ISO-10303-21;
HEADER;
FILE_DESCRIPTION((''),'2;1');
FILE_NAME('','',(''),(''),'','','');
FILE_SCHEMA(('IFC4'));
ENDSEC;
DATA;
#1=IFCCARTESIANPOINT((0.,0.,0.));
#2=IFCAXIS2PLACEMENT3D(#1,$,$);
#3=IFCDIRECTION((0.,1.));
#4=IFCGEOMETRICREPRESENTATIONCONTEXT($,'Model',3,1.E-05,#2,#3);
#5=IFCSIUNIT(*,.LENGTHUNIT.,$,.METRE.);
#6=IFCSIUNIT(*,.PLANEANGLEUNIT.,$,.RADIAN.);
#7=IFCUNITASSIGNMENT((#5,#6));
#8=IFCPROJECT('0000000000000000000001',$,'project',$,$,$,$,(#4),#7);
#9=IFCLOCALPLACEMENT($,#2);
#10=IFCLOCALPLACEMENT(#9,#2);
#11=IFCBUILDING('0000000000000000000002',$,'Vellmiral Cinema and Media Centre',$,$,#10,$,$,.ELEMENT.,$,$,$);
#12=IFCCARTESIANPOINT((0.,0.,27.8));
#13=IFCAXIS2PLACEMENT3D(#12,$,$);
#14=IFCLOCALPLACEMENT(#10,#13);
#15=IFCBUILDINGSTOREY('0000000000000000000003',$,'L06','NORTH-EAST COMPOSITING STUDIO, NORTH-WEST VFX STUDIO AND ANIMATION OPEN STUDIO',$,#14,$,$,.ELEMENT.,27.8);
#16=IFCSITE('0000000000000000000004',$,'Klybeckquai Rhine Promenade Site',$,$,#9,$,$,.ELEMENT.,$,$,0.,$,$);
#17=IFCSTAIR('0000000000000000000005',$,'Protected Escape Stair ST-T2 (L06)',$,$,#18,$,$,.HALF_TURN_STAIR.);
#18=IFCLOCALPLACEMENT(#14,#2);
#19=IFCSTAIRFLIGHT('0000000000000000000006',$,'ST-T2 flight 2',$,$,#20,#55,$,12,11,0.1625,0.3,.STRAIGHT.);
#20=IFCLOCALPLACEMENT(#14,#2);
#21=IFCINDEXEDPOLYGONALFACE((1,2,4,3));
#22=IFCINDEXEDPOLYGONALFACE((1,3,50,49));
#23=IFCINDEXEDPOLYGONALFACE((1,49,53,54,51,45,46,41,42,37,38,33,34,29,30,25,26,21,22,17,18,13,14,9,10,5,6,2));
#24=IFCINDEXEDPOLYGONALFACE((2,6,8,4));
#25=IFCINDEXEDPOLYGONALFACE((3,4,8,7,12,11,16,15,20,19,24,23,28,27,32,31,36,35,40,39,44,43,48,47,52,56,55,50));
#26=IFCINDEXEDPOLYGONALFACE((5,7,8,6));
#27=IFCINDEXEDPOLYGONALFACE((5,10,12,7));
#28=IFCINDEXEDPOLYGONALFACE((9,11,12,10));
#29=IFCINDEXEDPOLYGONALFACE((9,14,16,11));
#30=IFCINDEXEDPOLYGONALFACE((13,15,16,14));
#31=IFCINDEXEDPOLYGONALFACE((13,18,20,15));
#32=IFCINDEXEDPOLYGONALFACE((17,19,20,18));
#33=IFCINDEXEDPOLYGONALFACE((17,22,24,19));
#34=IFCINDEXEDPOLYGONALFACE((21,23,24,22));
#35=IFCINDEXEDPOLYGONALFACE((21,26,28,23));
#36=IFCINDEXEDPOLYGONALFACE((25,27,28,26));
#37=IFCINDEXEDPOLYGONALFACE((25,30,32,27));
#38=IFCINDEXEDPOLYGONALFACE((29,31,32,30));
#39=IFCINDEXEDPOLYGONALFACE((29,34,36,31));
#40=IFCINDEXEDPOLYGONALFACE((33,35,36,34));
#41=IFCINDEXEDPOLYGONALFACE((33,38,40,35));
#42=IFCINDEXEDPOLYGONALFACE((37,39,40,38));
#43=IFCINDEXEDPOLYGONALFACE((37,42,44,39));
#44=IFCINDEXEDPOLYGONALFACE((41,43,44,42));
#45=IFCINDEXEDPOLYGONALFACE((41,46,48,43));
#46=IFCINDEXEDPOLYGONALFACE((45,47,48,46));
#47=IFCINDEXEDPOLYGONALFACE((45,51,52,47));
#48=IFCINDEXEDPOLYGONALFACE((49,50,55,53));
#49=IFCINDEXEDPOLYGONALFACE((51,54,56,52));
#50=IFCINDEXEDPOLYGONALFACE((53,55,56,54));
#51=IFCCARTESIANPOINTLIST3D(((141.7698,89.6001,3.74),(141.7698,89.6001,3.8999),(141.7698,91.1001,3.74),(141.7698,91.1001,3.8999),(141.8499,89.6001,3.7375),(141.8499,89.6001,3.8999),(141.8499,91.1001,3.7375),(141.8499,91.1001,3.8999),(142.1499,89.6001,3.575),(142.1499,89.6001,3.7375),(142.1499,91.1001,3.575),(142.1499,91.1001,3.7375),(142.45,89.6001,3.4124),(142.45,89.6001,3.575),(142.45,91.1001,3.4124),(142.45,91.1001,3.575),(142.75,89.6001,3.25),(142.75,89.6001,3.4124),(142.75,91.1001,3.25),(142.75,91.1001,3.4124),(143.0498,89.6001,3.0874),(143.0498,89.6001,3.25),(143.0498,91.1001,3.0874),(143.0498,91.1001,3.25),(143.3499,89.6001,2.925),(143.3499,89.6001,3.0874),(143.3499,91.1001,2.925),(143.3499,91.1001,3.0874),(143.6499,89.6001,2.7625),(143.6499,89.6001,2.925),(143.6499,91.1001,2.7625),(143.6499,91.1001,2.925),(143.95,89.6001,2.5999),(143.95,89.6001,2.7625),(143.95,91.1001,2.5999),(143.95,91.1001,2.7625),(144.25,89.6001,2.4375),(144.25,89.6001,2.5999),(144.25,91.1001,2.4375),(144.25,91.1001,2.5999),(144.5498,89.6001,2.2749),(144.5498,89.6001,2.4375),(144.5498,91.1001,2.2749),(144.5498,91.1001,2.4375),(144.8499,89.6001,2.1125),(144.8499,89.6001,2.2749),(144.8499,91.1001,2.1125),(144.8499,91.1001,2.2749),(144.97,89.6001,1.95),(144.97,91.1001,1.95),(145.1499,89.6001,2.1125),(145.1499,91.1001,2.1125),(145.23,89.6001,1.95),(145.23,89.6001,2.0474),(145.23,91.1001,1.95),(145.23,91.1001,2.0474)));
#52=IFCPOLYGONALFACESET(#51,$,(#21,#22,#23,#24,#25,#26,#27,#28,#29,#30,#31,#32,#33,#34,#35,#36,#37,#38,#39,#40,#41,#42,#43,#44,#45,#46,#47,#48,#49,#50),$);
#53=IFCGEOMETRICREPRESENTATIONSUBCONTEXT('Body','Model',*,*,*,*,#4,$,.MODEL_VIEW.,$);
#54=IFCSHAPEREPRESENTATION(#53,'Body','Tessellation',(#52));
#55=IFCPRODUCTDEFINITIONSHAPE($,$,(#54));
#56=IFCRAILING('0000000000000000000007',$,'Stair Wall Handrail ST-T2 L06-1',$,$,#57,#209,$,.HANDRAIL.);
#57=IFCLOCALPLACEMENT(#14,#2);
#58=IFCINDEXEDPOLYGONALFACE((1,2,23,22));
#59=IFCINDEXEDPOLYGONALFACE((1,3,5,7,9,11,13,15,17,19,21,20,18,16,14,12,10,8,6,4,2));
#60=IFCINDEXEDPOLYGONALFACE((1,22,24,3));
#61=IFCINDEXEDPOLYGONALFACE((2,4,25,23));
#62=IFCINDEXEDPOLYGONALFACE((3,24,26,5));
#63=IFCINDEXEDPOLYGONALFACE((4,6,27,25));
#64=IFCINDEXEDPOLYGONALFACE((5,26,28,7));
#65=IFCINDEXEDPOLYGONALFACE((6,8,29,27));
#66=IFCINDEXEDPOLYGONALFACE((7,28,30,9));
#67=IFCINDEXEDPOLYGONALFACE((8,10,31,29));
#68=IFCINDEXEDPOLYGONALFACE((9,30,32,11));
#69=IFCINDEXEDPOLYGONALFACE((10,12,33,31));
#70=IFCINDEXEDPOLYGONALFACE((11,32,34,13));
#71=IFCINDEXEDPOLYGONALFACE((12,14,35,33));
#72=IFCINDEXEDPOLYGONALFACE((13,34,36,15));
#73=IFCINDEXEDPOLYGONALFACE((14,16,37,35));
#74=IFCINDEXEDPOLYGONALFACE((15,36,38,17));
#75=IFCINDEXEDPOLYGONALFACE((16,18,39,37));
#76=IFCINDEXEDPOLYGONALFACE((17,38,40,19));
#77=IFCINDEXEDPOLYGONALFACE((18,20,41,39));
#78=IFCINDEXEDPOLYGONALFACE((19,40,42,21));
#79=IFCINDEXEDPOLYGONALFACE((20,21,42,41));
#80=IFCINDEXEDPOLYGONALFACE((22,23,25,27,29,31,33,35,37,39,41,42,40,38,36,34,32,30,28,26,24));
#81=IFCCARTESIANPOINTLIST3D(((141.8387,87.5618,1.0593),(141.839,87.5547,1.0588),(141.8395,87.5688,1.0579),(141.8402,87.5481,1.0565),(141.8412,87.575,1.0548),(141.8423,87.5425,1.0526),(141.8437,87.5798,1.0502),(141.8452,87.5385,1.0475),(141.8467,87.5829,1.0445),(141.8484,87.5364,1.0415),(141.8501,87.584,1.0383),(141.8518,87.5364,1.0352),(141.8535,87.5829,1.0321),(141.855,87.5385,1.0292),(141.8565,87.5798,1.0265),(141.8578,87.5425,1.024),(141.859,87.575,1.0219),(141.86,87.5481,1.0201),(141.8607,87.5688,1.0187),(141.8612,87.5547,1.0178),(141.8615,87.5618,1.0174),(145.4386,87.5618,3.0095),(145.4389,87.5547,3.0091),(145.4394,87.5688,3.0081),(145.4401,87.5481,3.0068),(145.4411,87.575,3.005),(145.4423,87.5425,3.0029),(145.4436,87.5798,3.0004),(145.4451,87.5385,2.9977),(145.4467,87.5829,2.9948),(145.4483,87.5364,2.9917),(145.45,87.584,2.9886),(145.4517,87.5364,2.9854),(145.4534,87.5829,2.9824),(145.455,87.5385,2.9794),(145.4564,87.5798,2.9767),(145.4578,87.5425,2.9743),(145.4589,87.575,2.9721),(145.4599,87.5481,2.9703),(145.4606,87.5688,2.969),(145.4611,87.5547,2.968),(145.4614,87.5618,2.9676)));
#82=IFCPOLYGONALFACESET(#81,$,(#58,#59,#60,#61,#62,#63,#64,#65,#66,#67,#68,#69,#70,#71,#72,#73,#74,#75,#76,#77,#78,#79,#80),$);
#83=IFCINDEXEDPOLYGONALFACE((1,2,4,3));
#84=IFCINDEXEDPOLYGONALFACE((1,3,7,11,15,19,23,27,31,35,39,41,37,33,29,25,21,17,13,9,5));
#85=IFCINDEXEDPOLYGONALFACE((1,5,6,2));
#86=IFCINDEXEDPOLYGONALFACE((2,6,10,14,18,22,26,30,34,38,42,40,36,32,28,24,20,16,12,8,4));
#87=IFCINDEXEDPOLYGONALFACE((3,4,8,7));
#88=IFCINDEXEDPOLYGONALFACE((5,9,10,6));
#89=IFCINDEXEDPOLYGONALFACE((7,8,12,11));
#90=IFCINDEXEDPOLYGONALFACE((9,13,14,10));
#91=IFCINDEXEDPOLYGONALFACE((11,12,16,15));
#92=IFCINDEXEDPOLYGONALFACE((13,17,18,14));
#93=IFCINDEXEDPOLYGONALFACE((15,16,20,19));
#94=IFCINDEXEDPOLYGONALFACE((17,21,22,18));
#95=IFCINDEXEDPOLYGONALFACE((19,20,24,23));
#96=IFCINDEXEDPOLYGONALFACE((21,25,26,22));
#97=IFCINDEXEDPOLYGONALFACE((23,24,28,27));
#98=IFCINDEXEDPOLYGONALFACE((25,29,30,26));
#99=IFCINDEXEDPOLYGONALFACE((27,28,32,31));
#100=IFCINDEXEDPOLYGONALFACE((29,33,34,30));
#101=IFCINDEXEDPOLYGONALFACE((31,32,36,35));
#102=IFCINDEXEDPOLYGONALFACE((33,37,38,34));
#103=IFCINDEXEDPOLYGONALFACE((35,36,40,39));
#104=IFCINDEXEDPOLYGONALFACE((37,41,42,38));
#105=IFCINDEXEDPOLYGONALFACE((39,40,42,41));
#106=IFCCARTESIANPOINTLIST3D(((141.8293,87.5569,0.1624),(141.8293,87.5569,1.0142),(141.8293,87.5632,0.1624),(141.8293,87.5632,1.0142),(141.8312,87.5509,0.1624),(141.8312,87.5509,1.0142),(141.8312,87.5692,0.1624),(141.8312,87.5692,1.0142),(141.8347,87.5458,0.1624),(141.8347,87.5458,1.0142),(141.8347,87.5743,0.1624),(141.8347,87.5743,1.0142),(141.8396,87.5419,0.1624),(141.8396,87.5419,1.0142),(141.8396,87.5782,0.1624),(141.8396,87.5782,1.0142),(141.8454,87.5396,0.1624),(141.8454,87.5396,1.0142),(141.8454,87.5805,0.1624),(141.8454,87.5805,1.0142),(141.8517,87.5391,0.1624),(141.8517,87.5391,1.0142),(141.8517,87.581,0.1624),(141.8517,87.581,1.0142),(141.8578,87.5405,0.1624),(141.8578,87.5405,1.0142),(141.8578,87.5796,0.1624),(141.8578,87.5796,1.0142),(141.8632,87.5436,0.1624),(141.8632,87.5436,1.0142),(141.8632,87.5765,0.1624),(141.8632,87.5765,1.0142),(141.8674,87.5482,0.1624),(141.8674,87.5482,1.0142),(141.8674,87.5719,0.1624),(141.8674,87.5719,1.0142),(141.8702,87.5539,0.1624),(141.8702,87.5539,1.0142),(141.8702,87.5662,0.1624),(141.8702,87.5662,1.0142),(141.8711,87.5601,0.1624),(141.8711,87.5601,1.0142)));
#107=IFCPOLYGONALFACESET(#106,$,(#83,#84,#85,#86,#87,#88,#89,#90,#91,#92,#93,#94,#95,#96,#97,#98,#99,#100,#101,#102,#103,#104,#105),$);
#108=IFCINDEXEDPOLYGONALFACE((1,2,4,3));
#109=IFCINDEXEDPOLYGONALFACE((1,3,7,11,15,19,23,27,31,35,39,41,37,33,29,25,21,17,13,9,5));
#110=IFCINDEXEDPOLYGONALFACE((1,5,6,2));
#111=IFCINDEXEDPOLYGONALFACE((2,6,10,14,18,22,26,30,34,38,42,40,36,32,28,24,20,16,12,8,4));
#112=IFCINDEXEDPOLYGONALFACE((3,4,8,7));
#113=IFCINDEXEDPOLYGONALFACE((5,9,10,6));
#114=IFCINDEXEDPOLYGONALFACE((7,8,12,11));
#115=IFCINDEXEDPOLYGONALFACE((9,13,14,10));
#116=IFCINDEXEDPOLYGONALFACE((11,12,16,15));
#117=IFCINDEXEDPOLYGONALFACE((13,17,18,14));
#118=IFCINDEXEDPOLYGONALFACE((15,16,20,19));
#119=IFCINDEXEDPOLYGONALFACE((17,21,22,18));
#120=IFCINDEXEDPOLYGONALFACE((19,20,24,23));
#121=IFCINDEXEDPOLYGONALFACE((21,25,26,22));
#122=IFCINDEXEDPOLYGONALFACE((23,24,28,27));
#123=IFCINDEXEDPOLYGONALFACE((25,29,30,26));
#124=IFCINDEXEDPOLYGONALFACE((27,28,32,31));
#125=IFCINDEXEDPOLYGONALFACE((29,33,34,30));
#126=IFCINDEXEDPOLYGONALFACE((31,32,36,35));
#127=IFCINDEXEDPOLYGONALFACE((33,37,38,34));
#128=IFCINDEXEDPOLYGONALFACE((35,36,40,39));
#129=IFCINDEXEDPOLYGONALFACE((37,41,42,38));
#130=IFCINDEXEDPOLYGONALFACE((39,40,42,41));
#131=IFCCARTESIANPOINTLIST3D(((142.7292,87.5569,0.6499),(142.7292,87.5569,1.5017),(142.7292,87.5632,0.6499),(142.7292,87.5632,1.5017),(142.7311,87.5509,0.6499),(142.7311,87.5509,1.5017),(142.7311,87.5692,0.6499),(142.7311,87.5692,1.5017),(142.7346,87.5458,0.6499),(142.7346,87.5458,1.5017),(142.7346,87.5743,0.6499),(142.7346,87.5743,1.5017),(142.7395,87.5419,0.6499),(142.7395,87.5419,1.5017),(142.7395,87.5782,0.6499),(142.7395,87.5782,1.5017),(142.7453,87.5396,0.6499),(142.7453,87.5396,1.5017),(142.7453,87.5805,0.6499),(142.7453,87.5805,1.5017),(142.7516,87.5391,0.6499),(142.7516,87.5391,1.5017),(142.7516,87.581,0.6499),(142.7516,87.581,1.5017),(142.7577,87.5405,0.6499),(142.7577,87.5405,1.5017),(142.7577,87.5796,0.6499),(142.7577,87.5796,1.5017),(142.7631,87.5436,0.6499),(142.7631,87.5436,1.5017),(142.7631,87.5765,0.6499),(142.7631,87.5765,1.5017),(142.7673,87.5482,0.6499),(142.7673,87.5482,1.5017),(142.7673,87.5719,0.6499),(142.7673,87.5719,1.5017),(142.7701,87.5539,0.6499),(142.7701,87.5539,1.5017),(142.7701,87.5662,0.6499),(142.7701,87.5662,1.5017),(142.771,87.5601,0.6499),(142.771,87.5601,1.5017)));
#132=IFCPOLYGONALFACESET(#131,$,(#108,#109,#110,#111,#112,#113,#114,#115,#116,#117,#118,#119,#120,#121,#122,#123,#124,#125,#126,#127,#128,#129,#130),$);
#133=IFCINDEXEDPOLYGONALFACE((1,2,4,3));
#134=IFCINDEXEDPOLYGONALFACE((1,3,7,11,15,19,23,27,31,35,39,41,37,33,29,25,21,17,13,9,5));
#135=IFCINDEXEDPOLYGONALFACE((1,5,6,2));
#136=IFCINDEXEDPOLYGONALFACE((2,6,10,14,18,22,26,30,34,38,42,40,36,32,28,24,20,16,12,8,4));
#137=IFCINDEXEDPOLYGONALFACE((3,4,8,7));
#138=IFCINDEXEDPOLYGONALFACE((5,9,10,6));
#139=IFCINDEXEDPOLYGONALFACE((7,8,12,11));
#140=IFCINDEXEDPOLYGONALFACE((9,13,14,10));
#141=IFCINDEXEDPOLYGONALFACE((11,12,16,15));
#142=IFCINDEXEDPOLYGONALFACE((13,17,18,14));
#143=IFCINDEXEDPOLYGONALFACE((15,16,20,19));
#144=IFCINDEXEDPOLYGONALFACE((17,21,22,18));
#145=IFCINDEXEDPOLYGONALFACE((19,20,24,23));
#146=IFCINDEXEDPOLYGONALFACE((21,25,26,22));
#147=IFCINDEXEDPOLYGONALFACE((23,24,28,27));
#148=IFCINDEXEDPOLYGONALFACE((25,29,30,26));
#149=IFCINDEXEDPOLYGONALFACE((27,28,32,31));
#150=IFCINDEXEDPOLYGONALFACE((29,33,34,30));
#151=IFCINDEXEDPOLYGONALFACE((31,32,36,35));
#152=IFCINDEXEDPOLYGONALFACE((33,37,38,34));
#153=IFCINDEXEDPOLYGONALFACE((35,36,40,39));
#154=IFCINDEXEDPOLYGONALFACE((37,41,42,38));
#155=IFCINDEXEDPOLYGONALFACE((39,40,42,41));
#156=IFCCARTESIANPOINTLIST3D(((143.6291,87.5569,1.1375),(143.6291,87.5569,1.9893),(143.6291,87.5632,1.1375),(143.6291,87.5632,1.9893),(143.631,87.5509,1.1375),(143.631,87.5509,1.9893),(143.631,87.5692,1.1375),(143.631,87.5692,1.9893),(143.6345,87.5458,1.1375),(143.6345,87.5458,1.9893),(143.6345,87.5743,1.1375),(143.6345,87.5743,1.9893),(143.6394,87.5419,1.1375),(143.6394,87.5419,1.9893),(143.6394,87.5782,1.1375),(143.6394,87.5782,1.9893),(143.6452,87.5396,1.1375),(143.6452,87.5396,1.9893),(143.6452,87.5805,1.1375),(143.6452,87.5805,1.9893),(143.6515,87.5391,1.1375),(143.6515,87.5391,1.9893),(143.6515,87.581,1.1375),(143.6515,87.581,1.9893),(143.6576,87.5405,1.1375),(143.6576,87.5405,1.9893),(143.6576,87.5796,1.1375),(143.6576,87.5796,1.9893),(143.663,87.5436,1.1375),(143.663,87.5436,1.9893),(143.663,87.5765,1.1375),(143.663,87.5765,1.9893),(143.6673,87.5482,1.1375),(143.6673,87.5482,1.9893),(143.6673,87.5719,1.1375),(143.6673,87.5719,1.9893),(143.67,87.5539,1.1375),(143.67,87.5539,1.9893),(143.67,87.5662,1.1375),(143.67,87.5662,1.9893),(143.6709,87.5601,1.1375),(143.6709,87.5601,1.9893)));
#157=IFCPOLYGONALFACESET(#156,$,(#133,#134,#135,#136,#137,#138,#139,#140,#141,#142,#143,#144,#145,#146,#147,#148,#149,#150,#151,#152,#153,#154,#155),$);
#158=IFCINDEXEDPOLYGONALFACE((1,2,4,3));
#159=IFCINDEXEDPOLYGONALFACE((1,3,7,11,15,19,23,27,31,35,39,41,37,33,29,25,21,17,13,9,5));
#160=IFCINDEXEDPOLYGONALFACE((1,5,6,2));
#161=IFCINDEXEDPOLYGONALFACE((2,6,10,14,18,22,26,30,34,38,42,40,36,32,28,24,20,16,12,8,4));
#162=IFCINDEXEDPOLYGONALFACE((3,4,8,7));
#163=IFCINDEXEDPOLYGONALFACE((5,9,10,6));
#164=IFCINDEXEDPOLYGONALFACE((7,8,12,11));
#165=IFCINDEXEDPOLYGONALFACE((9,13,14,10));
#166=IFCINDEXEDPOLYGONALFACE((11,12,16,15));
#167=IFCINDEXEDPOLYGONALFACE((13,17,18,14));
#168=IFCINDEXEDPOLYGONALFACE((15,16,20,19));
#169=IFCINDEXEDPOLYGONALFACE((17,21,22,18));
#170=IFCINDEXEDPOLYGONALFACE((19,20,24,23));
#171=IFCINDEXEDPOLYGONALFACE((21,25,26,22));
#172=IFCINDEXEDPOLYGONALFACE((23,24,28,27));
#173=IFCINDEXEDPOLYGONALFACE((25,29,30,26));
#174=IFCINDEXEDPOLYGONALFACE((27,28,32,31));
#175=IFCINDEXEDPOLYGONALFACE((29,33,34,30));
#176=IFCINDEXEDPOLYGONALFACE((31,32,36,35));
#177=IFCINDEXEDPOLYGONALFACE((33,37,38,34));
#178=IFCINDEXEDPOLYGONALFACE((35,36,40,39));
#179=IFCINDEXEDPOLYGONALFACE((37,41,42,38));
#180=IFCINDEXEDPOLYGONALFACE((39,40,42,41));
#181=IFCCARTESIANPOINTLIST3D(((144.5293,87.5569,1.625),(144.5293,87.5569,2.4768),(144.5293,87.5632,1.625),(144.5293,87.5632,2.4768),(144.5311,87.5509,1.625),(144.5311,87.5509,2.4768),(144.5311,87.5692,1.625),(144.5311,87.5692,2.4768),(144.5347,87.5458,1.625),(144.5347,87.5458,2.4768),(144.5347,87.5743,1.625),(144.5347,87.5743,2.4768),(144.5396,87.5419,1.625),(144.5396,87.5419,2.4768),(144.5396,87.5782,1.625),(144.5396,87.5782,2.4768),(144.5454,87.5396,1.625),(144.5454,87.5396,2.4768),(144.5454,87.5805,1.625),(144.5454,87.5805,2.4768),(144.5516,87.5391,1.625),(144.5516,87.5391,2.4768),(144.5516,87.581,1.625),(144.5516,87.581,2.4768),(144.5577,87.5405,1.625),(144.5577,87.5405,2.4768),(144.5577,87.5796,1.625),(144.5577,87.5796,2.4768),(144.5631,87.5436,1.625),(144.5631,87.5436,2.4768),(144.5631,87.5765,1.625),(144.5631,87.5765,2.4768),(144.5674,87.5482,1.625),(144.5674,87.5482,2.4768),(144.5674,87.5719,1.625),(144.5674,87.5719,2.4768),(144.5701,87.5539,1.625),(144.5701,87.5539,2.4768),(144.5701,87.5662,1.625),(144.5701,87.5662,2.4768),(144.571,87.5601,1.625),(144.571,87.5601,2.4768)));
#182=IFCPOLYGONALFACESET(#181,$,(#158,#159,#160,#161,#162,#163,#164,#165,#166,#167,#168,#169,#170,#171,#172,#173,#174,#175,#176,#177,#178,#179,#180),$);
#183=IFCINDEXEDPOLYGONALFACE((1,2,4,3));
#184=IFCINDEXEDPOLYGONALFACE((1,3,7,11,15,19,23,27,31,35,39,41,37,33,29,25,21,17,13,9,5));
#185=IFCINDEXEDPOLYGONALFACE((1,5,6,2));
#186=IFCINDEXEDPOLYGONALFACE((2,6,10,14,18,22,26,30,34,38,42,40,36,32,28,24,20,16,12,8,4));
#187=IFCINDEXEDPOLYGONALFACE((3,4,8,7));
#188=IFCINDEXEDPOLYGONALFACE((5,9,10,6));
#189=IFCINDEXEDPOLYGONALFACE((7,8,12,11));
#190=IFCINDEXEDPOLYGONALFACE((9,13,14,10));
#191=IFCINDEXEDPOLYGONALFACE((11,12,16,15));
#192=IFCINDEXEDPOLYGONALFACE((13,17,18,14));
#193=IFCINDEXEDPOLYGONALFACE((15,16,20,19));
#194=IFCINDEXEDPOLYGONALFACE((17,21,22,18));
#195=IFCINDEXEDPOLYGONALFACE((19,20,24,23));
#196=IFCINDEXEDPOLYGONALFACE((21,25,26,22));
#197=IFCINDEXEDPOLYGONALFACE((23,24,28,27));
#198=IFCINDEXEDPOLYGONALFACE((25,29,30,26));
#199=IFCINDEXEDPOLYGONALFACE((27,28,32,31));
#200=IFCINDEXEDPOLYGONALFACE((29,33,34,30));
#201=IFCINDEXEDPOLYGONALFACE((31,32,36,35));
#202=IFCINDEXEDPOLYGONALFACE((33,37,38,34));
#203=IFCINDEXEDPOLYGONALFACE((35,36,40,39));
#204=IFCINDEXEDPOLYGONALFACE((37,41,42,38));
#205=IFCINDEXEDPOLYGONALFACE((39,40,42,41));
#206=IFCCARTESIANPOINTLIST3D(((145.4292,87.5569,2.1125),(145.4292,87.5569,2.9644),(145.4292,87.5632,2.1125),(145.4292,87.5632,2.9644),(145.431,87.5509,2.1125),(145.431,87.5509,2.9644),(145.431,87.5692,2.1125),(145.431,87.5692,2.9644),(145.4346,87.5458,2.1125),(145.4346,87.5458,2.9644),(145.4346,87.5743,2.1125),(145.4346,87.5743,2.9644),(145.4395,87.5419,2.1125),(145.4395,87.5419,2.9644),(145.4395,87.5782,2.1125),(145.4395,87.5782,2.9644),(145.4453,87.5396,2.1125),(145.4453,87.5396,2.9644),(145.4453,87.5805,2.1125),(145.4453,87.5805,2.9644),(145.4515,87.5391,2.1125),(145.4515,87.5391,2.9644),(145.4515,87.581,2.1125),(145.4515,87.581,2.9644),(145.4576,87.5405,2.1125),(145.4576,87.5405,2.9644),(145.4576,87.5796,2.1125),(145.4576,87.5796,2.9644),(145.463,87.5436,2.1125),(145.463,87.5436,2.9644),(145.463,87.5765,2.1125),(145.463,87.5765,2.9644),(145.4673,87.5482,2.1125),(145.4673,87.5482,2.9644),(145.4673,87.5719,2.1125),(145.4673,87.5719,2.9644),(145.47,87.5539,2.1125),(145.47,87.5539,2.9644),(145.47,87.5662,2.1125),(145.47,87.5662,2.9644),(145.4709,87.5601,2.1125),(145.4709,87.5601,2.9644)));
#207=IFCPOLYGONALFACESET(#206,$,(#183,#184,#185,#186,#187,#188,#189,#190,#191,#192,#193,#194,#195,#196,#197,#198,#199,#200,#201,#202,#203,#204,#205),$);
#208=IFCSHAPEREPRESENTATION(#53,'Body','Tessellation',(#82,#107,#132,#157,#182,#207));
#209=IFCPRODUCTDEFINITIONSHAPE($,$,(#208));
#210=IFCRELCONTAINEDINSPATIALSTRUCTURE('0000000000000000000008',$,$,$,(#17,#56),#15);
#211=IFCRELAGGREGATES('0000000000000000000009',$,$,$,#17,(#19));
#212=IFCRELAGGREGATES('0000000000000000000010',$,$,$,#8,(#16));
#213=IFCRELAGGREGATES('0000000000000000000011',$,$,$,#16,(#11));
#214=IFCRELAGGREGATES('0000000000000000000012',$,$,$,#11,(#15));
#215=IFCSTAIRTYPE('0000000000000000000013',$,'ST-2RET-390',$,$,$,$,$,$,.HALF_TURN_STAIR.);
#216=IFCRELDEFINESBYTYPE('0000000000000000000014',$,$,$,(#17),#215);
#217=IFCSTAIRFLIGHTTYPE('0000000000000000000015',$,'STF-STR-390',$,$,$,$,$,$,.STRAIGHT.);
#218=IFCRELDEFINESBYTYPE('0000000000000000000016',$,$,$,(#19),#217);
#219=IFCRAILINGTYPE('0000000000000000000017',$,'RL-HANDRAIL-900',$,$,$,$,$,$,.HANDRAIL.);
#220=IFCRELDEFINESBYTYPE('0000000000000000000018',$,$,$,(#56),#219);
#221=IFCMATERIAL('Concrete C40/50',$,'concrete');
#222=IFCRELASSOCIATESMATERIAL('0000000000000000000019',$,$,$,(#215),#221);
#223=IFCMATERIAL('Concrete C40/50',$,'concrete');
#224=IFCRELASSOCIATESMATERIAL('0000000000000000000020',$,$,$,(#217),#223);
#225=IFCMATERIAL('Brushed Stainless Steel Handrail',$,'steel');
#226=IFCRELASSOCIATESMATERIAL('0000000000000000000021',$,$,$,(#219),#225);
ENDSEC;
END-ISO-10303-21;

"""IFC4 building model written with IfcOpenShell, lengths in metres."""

from ifc_helpers import new_model, si_unit, direction, frame, origin, origin_2d, place, context, subcontext, project, spatial, polyline, circle, outline, extrude, material, type_object, element, aggregate, save


model = new_model("IFC4")

# Units and contexts
model_context = context("Model", 3, precision=1e-05, world=origin(), true_north=direction((0.0, 1.0)))
body_context = subcontext(model_context, "Body", "Model", "MODEL_VIEW")
ifc_project = project(units=[si_unit("LENGTHUNIT", "METRE"), si_unit("PLANEANGLEUNIT", "RADIAN")], contexts=[model_context])

# Site, building, storey
site_placement = place(None, origin())
site = spatial("IfcSite", under=ifc_project, at=site_placement, Name="Klybeckquai Rhine Promenade Site", CompositionType="ELEMENT", RefElevation=0.0)
building_placement = place(site_placement, origin())
building = spatial("IfcBuilding", under=site, at=building_placement, Name="Vellmiral Cinema and Media Centre", CompositionType="ELEMENT")
storey_placement = place(building_placement, frame((0.0, 0.0, 27.8)))
storey = spatial("IfcBuildingStorey", under=building, at=storey_placement, Name="L06", Description="NORTH-EAST COMPOSITING STUDIO, NORTH-WEST VFX STUDIO AND ANIMATION OPEN STUDIO", CompositionType="ELEMENT", Elevation=27.8)

# Stair, stair flight
ifc_material_1 = material(Name="Concrete C40/50", Category="concrete")
stair_type = type_object("IfcStairType", Name="ST-2RET-390", PredefinedType="HALF_TURN_STAIR", material=ifc_material_1)
stair_placement = place(storey_placement, origin())
stair = element("IfcStair", 1, at=stair_placement, inside=storey, type_object=stair_type, Name="Protected Escape Stair ST-T2 (L06)", PredefinedType="HALF_TURN_STAIR")
ifc_material_2 = material(Name="Concrete C40/50", Category="concrete")
stair_flight_type = type_object("IfcStairFlightType", Name="STF-STR-390", PredefinedType="STRAIGHT", material=ifc_material_2)
stair_flight_1_placement = place(storey_placement, frame((145.1499, 90.3501, 1.95), z_axis=(0.0, 0.0, 1.0), x_axis=(-1.0, 0.0, 0.0)))
stair_flight_1 = element("IfcStairFlight", 2, at=stair_flight_1_placement, type_object=stair_flight_type, Name="ST-T2 flight 2", NumberOfRisers=12, NumberOfTreads=11, PredefinedType="STRAIGHT", RiserHeight=0.1625, TreadLength=0.3, context=body_context, shape_type="SweptSolid", body=[
    extrude(outline(polyline([(-0.0801, 0.0), (-0.0801, 0.0974), (0.0, 0.1626), (0.3, 0.1626), (0.3, 0.325), (0.6001, 0.325), (0.6001, 0.4875), (0.8999, 0.4875), (0.8999, 0.6499), (1.2, 0.6499), (1.2, 0.8125), (1.5, 0.8125), (1.5, 0.9751), (1.8, 0.9751), (1.8, 1.1375), (2.1001, 1.1375), (2.1001, 1.3), (2.3999, 1.3), (2.3999, 1.4624), (2.7, 1.4624), (2.7, 1.625), (3.0, 1.625), (3.0, 1.7876), (3.3, 1.7876), (3.3, 1.95), (3.3801, 1.95), (3.3801, 1.79), (0.1799, 0.0), (-0.0801, 0.0)])), frame((0.0, 0.75, 0.0), z_axis=(0.0, -1.0, 0.0), x_axis=(1.0, 0.0, 0.0)), (0.0, 0.0, 1.0), 1.5),
])
aggregate(stair, [stair_flight_1])

# Railing
ifc_material_3 = material(Name="Brushed Stainless Steel Handrail", Category="steel")
railing_type_1 = type_object("IfcRailingType", Name="RL-HANDRAIL-900", PredefinedType="HANDRAIL", material=ifc_material_3)
railing_1_placement = place(storey_placement, frame((141.8501, 87.5601, 0.1624)))
element("IfcRailing", 3, at=railing_1_placement, inside=storey, type_object=railing_type_1, Name="Stair Wall Handrail ST-T2 L06-1", PredefinedType="HANDRAIL", context=body_context, shape_type="SweptSolid", body=[
    extrude(circle(Radius=0.0239, at=origin_2d()), frame((0.0, 0.0, 0.876), z_axis=(0.879264, 0.0, 0.476335), x_axis=(0.0, 1.0, 0.0)), (0.0, 0.0, 1.0), 4.0942),
    extrude(circle(Radius=0.021, at=origin_2d()), origin(), (0.0, 0.0, 1.0), 0.8518),
    extrude(circle(Radius=0.021, at=origin_2d()), frame((0.8999, 0.0, 0.4875)), (0.0, 0.0, 1.0), 0.8518),
    extrude(circle(Radius=0.021, at=origin_2d()), frame((1.7998, 0.0, 0.9751)), (0.0, 0.0, 1.0), 0.8518),
    extrude(circle(Radius=0.021, at=origin_2d()), frame((2.7, 0.0, 1.4626)), (0.0, 0.0, 1.0), 0.8518),
    extrude(circle(Radius=0.021, at=origin_2d()), frame((3.5999, 0.0, 1.9502)), (0.0, 0.0, 1.0), 0.8518),
])

save(model, "model.ifc")
